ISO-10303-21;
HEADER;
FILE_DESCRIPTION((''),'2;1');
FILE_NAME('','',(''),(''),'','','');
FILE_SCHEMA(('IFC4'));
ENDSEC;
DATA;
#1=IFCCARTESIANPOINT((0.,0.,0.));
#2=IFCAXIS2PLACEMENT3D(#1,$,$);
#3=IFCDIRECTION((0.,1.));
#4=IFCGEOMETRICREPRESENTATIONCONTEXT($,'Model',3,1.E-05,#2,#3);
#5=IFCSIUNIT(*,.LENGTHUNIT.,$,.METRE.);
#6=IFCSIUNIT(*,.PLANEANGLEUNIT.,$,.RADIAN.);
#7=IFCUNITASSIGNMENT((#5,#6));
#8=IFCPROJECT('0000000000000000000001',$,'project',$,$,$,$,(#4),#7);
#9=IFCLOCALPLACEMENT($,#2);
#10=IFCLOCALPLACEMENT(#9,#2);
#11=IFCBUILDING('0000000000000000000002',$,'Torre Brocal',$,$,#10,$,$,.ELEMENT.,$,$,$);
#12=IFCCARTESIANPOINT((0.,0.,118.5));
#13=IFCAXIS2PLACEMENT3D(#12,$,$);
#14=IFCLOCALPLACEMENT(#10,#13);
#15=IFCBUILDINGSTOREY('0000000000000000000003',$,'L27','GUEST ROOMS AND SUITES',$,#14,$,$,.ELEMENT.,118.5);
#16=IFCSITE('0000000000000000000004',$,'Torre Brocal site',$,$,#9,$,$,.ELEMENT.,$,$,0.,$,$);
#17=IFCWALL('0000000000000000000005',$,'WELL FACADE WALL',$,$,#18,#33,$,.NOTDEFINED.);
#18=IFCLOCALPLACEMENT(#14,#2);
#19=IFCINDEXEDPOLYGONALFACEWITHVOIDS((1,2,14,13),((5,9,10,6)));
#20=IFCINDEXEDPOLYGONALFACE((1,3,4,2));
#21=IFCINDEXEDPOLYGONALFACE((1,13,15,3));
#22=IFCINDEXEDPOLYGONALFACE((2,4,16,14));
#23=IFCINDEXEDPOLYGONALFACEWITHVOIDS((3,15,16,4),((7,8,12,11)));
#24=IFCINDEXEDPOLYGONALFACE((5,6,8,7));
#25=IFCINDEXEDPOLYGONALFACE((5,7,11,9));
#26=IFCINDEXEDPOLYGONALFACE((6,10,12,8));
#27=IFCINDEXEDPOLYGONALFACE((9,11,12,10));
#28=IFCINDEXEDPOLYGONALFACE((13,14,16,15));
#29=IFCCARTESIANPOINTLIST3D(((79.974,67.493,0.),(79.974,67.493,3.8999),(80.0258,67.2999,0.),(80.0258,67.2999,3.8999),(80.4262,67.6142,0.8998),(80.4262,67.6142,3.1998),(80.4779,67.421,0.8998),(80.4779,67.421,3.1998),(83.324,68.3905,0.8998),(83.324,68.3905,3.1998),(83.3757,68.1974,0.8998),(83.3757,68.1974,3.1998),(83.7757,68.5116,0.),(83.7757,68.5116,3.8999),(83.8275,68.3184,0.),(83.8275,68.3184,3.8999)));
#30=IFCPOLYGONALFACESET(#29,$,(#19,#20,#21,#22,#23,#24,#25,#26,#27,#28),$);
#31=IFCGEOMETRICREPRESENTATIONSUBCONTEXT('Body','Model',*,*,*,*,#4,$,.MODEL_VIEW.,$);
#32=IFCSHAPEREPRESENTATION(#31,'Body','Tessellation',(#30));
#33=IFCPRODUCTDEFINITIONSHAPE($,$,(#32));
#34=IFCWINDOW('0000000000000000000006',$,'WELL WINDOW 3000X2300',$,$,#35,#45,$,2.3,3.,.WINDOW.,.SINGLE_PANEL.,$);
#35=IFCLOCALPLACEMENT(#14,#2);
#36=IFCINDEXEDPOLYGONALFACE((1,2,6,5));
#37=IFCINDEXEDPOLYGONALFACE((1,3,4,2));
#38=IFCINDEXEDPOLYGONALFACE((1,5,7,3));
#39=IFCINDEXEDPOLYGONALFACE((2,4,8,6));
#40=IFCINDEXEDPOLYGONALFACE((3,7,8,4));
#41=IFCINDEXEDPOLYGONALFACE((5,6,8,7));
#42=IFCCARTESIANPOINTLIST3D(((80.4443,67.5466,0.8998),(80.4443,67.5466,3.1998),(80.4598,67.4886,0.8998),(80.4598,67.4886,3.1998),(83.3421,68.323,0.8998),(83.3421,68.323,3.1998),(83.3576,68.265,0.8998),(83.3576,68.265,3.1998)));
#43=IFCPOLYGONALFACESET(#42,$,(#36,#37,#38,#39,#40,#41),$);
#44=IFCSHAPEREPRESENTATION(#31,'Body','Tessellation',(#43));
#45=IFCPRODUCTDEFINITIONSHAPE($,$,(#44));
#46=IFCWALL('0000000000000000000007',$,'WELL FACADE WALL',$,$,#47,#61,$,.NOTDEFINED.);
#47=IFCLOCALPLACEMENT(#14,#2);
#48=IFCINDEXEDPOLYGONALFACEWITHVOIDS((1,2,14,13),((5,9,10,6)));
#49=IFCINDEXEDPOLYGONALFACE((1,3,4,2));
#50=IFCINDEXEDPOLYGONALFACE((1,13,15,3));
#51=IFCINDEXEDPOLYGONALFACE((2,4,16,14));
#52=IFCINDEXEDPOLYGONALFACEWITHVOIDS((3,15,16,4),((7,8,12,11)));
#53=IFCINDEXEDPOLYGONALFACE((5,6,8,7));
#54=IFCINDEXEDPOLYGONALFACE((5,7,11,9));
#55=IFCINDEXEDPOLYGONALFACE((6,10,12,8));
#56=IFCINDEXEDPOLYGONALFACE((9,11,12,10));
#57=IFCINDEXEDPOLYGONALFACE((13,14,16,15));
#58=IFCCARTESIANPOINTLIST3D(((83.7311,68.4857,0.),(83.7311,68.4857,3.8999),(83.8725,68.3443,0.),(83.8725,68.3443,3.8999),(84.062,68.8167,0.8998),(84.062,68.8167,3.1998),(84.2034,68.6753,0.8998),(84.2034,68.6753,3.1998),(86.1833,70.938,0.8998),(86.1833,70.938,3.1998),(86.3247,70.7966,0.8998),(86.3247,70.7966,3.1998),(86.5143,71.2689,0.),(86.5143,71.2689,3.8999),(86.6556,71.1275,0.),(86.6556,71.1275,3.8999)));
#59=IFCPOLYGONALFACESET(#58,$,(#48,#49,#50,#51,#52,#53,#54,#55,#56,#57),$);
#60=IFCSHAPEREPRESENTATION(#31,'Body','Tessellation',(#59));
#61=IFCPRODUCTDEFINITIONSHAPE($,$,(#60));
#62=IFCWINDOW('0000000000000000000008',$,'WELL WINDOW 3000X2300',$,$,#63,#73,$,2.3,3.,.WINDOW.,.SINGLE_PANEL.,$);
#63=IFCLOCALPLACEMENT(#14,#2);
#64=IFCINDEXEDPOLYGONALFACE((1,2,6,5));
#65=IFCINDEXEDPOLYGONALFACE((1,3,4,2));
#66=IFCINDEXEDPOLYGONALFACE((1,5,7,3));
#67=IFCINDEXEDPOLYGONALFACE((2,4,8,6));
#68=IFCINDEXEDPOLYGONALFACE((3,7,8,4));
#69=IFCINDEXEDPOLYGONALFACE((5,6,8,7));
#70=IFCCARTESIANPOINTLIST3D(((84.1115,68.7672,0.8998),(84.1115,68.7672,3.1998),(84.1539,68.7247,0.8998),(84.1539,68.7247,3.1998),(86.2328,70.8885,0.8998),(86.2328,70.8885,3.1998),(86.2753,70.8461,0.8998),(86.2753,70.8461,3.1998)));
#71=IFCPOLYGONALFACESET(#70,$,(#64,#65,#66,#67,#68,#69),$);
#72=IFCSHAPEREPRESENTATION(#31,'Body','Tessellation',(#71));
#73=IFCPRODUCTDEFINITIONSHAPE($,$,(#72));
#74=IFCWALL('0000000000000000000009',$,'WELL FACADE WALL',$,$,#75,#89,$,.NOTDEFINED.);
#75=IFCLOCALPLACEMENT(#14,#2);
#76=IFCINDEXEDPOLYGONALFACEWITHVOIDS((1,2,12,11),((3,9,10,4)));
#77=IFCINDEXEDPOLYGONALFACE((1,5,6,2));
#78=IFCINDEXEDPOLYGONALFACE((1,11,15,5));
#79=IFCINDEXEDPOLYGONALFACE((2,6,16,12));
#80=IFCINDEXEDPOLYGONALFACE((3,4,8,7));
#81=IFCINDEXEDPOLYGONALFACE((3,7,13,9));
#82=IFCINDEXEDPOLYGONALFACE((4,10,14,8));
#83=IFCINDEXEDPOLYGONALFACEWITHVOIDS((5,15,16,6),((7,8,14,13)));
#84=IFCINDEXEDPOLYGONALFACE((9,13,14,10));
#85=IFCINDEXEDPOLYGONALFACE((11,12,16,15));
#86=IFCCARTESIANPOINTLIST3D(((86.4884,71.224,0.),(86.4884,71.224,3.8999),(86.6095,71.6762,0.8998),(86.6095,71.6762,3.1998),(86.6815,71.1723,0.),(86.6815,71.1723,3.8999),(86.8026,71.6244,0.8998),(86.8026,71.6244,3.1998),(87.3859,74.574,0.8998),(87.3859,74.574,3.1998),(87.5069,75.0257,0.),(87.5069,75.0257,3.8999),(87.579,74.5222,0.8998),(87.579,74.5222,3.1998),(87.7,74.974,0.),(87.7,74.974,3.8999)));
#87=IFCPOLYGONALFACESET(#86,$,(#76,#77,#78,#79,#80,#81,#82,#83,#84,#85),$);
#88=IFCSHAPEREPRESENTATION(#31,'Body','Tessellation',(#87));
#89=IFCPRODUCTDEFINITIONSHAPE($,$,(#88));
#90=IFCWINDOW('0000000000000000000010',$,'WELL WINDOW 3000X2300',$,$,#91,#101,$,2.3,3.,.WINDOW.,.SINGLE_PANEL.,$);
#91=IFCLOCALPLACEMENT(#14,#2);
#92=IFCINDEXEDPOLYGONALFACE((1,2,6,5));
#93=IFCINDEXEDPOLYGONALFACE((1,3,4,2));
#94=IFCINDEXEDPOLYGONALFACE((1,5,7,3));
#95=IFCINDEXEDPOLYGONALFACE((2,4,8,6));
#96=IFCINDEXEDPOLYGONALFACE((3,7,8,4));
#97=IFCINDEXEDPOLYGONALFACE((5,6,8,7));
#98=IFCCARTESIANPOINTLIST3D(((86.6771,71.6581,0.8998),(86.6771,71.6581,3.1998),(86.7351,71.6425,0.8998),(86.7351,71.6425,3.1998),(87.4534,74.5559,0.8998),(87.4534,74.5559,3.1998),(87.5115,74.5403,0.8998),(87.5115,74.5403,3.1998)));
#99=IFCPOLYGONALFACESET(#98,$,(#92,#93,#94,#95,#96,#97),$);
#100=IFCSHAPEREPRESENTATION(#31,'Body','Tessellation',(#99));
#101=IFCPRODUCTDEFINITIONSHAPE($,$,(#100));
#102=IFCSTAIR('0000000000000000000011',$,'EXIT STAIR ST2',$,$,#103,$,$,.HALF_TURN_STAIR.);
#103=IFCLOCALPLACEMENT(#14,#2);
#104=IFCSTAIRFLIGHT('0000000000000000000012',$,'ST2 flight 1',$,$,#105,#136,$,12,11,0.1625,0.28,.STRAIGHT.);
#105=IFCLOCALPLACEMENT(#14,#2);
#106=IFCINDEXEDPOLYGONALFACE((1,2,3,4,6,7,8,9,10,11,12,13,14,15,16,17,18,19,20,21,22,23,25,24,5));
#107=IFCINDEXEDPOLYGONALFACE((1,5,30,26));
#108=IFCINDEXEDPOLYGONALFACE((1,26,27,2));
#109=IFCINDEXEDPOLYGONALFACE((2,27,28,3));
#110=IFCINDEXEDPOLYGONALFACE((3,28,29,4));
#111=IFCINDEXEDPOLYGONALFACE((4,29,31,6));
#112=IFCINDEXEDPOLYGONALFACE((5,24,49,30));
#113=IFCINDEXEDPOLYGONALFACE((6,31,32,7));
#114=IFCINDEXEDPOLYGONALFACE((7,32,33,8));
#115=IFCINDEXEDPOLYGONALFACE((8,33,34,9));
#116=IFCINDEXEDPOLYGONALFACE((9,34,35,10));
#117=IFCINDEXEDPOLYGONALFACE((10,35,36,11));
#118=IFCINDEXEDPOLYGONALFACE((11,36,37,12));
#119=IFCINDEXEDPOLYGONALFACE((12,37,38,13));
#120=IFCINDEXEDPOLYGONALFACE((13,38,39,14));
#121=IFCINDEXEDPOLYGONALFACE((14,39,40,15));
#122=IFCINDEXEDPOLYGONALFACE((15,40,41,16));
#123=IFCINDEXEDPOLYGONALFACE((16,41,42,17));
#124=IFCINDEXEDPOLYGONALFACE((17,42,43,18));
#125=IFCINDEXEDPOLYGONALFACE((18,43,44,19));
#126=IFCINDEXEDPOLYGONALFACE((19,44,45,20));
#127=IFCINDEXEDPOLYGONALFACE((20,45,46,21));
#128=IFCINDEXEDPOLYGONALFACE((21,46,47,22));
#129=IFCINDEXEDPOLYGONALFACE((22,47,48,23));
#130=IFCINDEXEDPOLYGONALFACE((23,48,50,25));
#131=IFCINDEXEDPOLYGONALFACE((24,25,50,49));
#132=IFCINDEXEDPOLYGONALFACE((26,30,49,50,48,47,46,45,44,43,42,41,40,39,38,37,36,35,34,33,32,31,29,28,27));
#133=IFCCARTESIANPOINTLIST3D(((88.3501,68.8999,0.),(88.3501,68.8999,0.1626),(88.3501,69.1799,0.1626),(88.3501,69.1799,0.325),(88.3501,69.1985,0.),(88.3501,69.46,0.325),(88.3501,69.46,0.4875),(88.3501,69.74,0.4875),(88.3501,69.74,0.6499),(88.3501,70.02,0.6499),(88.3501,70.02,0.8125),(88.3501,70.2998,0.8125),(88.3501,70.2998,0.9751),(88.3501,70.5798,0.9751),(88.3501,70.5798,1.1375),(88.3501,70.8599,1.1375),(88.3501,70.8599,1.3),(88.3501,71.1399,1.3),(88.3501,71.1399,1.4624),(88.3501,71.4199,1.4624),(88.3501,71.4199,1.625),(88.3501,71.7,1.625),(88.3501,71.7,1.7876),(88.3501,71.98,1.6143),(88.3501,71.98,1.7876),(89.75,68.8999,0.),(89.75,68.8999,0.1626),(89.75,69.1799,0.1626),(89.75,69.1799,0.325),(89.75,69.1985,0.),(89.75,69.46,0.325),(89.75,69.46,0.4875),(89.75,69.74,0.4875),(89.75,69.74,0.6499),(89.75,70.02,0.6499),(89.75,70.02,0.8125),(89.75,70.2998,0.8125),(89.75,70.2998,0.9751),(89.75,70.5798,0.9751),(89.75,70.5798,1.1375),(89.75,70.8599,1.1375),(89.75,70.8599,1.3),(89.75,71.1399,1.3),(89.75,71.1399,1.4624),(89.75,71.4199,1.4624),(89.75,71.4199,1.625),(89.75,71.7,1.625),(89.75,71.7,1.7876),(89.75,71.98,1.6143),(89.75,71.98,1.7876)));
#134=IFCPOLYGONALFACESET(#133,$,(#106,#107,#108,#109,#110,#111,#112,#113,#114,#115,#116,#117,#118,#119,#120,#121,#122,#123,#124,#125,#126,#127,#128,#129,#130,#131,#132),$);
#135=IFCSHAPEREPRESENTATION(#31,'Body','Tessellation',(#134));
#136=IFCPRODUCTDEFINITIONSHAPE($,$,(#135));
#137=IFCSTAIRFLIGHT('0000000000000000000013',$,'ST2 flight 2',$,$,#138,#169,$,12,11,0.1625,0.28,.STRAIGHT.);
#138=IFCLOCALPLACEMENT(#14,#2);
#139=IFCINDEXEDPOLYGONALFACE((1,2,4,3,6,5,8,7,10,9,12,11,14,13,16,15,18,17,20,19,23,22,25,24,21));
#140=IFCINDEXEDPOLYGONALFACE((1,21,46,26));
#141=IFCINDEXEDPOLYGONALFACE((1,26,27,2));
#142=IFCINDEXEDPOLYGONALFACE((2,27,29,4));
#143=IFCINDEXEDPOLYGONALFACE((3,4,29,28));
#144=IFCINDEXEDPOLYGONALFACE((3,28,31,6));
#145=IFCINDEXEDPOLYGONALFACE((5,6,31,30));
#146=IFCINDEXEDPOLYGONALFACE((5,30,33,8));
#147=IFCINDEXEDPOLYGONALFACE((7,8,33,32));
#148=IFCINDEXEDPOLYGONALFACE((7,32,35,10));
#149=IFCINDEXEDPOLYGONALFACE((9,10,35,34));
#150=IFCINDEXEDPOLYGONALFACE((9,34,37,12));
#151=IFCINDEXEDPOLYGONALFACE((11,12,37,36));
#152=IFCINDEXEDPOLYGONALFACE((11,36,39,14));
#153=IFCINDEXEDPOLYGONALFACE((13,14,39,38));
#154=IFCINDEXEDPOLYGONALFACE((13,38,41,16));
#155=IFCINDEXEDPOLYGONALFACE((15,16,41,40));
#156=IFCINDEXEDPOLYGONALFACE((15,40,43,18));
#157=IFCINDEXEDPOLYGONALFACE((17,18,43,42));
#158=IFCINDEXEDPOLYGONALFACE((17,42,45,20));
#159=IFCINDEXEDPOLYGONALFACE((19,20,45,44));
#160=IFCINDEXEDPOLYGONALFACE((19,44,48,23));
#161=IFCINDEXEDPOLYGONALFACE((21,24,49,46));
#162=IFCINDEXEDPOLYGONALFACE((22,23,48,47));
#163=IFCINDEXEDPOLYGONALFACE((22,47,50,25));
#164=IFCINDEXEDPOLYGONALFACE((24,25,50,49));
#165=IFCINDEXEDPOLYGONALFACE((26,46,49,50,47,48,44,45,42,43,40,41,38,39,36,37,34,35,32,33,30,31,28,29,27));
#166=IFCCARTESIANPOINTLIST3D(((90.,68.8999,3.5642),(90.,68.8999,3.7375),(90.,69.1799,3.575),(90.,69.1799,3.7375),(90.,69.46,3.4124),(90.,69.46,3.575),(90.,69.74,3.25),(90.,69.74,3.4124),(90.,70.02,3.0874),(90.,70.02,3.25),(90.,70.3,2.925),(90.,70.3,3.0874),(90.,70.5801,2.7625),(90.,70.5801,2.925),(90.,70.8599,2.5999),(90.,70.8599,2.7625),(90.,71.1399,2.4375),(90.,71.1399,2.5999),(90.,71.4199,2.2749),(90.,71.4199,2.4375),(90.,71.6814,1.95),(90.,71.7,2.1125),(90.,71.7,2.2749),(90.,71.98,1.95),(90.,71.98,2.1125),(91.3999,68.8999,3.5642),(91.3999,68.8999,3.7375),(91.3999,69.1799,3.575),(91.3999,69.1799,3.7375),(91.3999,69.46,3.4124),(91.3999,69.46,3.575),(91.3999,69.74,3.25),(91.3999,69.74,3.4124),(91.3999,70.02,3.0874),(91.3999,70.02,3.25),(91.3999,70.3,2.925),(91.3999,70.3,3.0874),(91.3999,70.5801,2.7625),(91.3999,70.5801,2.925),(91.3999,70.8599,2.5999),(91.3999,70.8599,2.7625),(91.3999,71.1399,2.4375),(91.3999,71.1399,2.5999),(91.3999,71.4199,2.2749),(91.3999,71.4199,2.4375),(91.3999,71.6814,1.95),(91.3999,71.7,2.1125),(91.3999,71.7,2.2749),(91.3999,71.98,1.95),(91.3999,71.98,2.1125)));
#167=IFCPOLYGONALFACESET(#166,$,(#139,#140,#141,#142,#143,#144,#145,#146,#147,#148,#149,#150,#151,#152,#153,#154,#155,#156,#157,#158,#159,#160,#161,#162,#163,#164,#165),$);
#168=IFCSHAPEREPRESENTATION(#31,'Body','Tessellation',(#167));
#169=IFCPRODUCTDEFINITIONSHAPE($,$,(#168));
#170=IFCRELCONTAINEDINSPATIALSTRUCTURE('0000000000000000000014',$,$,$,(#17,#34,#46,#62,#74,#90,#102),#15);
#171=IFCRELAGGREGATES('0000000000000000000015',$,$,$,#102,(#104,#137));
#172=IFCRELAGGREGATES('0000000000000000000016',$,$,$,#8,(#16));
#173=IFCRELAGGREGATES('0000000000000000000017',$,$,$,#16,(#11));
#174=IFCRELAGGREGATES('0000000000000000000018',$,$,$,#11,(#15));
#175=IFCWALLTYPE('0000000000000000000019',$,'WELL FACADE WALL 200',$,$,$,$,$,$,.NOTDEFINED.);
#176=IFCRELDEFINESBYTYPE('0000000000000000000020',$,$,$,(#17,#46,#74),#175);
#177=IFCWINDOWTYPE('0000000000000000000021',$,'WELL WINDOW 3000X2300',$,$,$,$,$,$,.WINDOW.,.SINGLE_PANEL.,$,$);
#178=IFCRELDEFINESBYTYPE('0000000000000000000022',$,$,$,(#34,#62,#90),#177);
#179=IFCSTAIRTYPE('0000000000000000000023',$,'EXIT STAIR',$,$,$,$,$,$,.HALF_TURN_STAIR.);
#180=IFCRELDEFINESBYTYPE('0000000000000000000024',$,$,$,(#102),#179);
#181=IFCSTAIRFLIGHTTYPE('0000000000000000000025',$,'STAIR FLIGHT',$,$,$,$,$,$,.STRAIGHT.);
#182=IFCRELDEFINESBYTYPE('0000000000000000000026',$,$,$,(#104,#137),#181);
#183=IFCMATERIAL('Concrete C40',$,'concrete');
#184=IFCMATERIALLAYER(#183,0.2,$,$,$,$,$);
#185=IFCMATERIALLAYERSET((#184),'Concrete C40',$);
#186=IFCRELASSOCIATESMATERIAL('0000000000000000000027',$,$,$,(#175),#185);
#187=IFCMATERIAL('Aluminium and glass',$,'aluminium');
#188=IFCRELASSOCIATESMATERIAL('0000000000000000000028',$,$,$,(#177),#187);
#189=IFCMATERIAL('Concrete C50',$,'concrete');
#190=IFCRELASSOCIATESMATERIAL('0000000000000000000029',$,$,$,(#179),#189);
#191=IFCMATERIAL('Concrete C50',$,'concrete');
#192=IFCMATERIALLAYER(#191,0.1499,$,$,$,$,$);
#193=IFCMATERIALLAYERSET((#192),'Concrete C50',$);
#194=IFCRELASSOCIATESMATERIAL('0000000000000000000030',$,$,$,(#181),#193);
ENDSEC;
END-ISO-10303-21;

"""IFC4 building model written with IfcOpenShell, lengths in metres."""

from ifc_helpers import new_model, si_unit, direction, frame, frame_2d, origin, place, context, subcontext, project, spatial, polyline, rectangle, outline, extrude, material, layer, layer_set, type_object, element, fill, aggregate, save


model = new_model("IFC4")

# Units and contexts
model_context = context("Model", 3, precision=1e-05, world=origin(), true_north=direction((0.0, 1.0)))
body_context = subcontext(model_context, "Body", "Model", "MODEL_VIEW")
ifc_project = project(units=[si_unit("LENGTHUNIT", "METRE"), si_unit("PLANEANGLEUNIT", "RADIAN")], contexts=[model_context])

# Site, building, storey
site_placement = place(None, origin())
site = spatial("IfcSite", under=ifc_project, at=site_placement, Name="Torre Brocal site", CompositionType="ELEMENT", RefElevation=0.0)
building_placement = place(site_placement, origin())
building = spatial("IfcBuilding", under=site, at=building_placement, Name="Torre Brocal", CompositionType="ELEMENT")
storey_placement = place(building_placement, frame((0.0, 0.0, 118.5)))
storey = spatial("IfcBuildingStorey", under=building, at=storey_placement, Name="L27", Description="GUEST ROOMS AND SUITES", CompositionType="ELEMENT", Elevation=118.5)

# Walls, openings, windows
ifc_material_1 = material(Name="Concrete C40", Category="concrete")
ifc_layer_1 = layer(ifc_material_1, 0.2)
ifc_layer_set_1 = layer_set([ifc_layer_1], Name="Concrete C40")
wall_type_1 = type_object("IfcWallType", Name="WELL FACADE WALL 200", PredefinedType="NOTDEFINED", material=ifc_layer_set_1)
wall_1_placement = place(storey_placement, frame((80.0, 67.3965, 0.0), z_axis=(0.0, 0.0, 1.0), x_axis=(0.965934, 0.25879, 0.0)))
wall_1 = element("IfcWall", 1, at=wall_1_placement, inside=storey, type_object=wall_type_1, Name="WELL FACADE WALL", PredefinedType="NOTDEFINED", context=body_context, shape_type="SweptSolid", body=[
    extrude(rectangle(XDim=3.9358, YDim=0.2, at=frame_2d((1.9678, 0.0))), origin(), (0.0, 0.0, 1.0), 3.8999),
])
opening_1_placement = place(wall_1_placement, frame((0.468, 0.0, 0.8999)))
opening_1 = element("IfcOpeningElement", 2, at=opening_1_placement, cuts=wall_1, PredefinedType="OPENING", context=body_context, shape_type="SweptSolid", body=[
    extrude(rectangle(XDim=3.0, YDim=2.3, at=frame_2d((1.5, 1.1499))), frame((0.0, 0.1099, 0.0), z_axis=(0.0, -1.0, 0.0), x_axis=(1.0, 0.0, 0.0)), (0.0, 0.0, 1.0), 0.22),
])
ifc_material_2 = material(Name="Aluminium and glass", Category="aluminium")
window_type = type_object("IfcWindowType", Name="WELL WINDOW 3000X2300", PartitioningType="SINGLE_PANEL", PredefinedType="WINDOW", material=ifc_material_2)
window_1_placement = place(opening_1_placement, origin())
window_1 = element("IfcWindow", 3, at=window_1_placement, inside=storey, type_object=window_type, Name="WELL WINDOW 3000X2300", OverallHeight=2.3, OverallWidth=3.0, PartitioningType="SINGLE_PANEL", PredefinedType="WINDOW", context=body_context, shape_type="SweptSolid", body=[
    extrude(rectangle(XDim=3.0, YDim=2.3, at=frame_2d((1.5, 1.1499))), frame((0.0, 0.03, 0.0), z_axis=(0.0, -1.0, 0.0), x_axis=(1.0, 0.0, 0.0)), (0.0, 0.0, 1.0), 0.0601),
])
fill(opening_1, window_1)
wall_2_placement = place(storey_placement, frame((83.8018, 68.415, 0.0), z_axis=(0.0, 0.0, 1.0), x_axis=(0.707107, 0.707107, 0.0)))
wall_2 = element("IfcWall", 4, at=wall_2_placement, inside=storey, type_object=wall_type_1, Name="WELL FACADE WALL", PredefinedType="NOTDEFINED", context=body_context, shape_type="SweptSolid", body=[
    extrude(rectangle(XDim=3.936, YDim=0.2, at=frame_2d((1.968, 0.0))), origin(), (0.0, 0.0, 1.0), 3.8999),
])
opening_2_placement = place(wall_2_placement, frame((0.468, 0.0, 0.8999)))
opening_2 = element("IfcOpeningElement", 5, at=opening_2_placement, cuts=wall_2, PredefinedType="OPENING", context=body_context, shape_type="SweptSolid", body=[
    extrude(rectangle(XDim=3.0, YDim=2.3, at=frame_2d((1.5, 1.1499))), frame((0.0, 0.1099, 0.0), z_axis=(0.0, -1.0, 0.0), x_axis=(1.0, 0.0, 0.0)), (0.0, 0.0, 1.0), 0.22),
])
window_2_placement = place(opening_2_placement, origin())
window_2 = element("IfcWindow", 6, at=window_2_placement, inside=storey, type_object=window_type, Name="WELL WINDOW 3000X2300", OverallHeight=2.3, OverallWidth=3.0, PartitioningType="SINGLE_PANEL", PredefinedType="WINDOW", context=body_context, shape_type="SweptSolid", body=[
    extrude(rectangle(XDim=3.0, YDim=2.3, at=frame_2d((1.5, 1.1499))), frame((0.0, 0.03, 0.0), z_axis=(0.0, -1.0, 0.0), x_axis=(1.0, 0.0, 0.0)), (0.0, 0.0, 1.0), 0.0601),
])
fill(opening_2, window_2)
wall_3_placement = place(storey_placement, frame((86.585, 71.1982, 0.0), z_axis=(0.0, 0.0, 1.0), x_axis=(0.25879, 0.965934, 0.0)))
wall_3 = element("IfcWall", 7, at=wall_3_placement, inside=storey, type_object=wall_type_1, Name="WELL FACADE WALL", PredefinedType="NOTDEFINED", context=body_context, shape_type="SweptSolid", body=[
    extrude(rectangle(XDim=3.9358, YDim=0.2, at=frame_2d((1.9678, 0.0))), origin(), (0.0, 0.0, 1.0), 3.8999),
])
opening_3_placement = place(wall_3_placement, frame((0.468, 0.0, 0.8999)))
opening_3 = element("IfcOpeningElement", 8, at=opening_3_placement, cuts=wall_3, PredefinedType="OPENING", context=body_context, shape_type="SweptSolid", body=[
    extrude(rectangle(XDim=3.0, YDim=2.3, at=frame_2d((1.5, 1.1499))), frame((0.0, 0.1099, 0.0), z_axis=(0.0, -1.0, 0.0), x_axis=(1.0, 0.0, 0.0)), (0.0, 0.0, 1.0), 0.22),
])
window_3_placement = place(opening_3_placement, origin())
window_3 = element("IfcWindow", 9, at=window_3_placement, inside=storey, type_object=window_type, Name="WELL WINDOW 3000X2300", OverallHeight=2.3, OverallWidth=3.0, PartitioningType="SINGLE_PANEL", PredefinedType="WINDOW", context=body_context, shape_type="SweptSolid", body=[
    extrude(rectangle(XDim=3.0, YDim=2.3, at=frame_2d((1.5, 1.1499))), frame((0.0, 0.03, 0.0), z_axis=(0.0, -1.0, 0.0), x_axis=(1.0, 0.0, 0.0)), (0.0, 0.0, 1.0), 0.0601),
])
fill(opening_3, window_3)

# Stair, stair flights
ifc_material_3 = material(Name="Concrete C50", Category="concrete")
stair_type = type_object("IfcStairType", Name="EXIT STAIR", PredefinedType="HALF_TURN_STAIR", material=ifc_material_3)
stair_placement = place(storey_placement, origin())
stair = element("IfcStair", 10, at=stair_placement, inside=storey, type_object=stair_type, Name="EXIT STAIR ST2", PredefinedType="HALF_TURN_STAIR")
ifc_material_4 = material(Name="Concrete C50", Category="concrete")
ifc_layer_2 = layer(ifc_material_4, 0.1499)
ifc_layer_set_2 = layer_set([ifc_layer_2], Name="Concrete C50")
stair_flight_type = type_object("IfcStairFlightType", Name="STAIR FLIGHT", PredefinedType="STRAIGHT", material=ifc_layer_set_2)
stair_flight_1_placement = place(storey_placement, frame((89.05, 68.8999, 0.0), z_axis=(0.0, 0.0, 1.0), x_axis=(0.0, 1.0, 0.0)))
stair_flight_1 = element("IfcStairFlight", 11, at=stair_flight_1_placement, type_object=stair_flight_type, Name="ST2 flight 1", NumberOfRisers=12, NumberOfTreads=11, PredefinedType="STRAIGHT", RiserHeight=0.1625, TreadLength=0.28, context=body_context, shape_type="SweptSolid", body=[
    extrude(outline(polyline([(0.0, 0.0), (0.0, 0.1626), (0.28, 0.1626), (0.28, 0.325), (0.5601, 0.325), (0.5601, 0.4875), (0.8401, 0.4875), (0.8401, 0.6499), (1.1201, 0.6499), (1.1201, 0.8125), (1.3999, 0.8125), (1.3999, 0.9751), (1.6799, 0.9751), (1.6799, 1.1375), (1.96, 1.1375), (1.96, 1.3), (2.24, 1.3), (2.24, 1.4624), (2.52, 1.4624), (2.52, 1.625), (2.8, 1.625), (2.8, 1.7876), (3.0801, 1.7876), (3.0801, 1.95), (3.0801, 1.6143), (0.2986, 0.0), (0.0, 0.0)])), frame((0.0, 0.7, 0.0), z_axis=(0.0, -1.0, 0.0), x_axis=(1.0, 0.0, 0.0)), (0.0, 0.0, 1.0), 1.3999),
])
stair_flight_2_placement = place(storey_placement, frame((90.7, 71.98, 1.95), z_axis=(0.0, 0.0, 1.0), x_axis=(0.0, -1.0, 0.0)))
stair_flight_2 = element("IfcStairFlight", 12, at=stair_flight_2_placement, type_object=stair_flight_type, Name="ST2 flight 2", NumberOfRisers=12, NumberOfTreads=11, PredefinedType="STRAIGHT", RiserHeight=0.1625, TreadLength=0.28, context=body_context, shape_type="SweptSolid", body=[
    extrude(outline(polyline([(0.0, 0.0), (0.0, 0.1626), (0.28, 0.1626), (0.28, 0.325), (0.5601, 0.325), (0.5601, 0.4875), (0.8401, 0.4875), (0.8401, 0.6499), (1.1201, 0.6499), (1.1201, 0.8125), (1.3999, 0.8125), (1.3999, 0.9751), (1.6799, 0.9751), (1.6799, 1.1375), (1.96, 1.1375), (1.96, 1.3), (2.24, 1.3), (2.24, 1.4624), (2.52, 1.4624), (2.52, 1.625), (2.8, 1.625), (2.8, 1.7876), (3.0801, 1.7876), (3.0801, 1.95), (3.0801, 1.6143), (0.2986, 0.0), (0.0, 0.0)])), frame((0.0, 0.7, 0.0), z_axis=(0.0, -1.0, 0.0), x_axis=(1.0, 0.0, 0.0)), (0.0, 0.0, 1.0), 1.3999),
])
aggregate(stair, [stair_flight_1, stair_flight_2])

save(model, "model.ifc")
